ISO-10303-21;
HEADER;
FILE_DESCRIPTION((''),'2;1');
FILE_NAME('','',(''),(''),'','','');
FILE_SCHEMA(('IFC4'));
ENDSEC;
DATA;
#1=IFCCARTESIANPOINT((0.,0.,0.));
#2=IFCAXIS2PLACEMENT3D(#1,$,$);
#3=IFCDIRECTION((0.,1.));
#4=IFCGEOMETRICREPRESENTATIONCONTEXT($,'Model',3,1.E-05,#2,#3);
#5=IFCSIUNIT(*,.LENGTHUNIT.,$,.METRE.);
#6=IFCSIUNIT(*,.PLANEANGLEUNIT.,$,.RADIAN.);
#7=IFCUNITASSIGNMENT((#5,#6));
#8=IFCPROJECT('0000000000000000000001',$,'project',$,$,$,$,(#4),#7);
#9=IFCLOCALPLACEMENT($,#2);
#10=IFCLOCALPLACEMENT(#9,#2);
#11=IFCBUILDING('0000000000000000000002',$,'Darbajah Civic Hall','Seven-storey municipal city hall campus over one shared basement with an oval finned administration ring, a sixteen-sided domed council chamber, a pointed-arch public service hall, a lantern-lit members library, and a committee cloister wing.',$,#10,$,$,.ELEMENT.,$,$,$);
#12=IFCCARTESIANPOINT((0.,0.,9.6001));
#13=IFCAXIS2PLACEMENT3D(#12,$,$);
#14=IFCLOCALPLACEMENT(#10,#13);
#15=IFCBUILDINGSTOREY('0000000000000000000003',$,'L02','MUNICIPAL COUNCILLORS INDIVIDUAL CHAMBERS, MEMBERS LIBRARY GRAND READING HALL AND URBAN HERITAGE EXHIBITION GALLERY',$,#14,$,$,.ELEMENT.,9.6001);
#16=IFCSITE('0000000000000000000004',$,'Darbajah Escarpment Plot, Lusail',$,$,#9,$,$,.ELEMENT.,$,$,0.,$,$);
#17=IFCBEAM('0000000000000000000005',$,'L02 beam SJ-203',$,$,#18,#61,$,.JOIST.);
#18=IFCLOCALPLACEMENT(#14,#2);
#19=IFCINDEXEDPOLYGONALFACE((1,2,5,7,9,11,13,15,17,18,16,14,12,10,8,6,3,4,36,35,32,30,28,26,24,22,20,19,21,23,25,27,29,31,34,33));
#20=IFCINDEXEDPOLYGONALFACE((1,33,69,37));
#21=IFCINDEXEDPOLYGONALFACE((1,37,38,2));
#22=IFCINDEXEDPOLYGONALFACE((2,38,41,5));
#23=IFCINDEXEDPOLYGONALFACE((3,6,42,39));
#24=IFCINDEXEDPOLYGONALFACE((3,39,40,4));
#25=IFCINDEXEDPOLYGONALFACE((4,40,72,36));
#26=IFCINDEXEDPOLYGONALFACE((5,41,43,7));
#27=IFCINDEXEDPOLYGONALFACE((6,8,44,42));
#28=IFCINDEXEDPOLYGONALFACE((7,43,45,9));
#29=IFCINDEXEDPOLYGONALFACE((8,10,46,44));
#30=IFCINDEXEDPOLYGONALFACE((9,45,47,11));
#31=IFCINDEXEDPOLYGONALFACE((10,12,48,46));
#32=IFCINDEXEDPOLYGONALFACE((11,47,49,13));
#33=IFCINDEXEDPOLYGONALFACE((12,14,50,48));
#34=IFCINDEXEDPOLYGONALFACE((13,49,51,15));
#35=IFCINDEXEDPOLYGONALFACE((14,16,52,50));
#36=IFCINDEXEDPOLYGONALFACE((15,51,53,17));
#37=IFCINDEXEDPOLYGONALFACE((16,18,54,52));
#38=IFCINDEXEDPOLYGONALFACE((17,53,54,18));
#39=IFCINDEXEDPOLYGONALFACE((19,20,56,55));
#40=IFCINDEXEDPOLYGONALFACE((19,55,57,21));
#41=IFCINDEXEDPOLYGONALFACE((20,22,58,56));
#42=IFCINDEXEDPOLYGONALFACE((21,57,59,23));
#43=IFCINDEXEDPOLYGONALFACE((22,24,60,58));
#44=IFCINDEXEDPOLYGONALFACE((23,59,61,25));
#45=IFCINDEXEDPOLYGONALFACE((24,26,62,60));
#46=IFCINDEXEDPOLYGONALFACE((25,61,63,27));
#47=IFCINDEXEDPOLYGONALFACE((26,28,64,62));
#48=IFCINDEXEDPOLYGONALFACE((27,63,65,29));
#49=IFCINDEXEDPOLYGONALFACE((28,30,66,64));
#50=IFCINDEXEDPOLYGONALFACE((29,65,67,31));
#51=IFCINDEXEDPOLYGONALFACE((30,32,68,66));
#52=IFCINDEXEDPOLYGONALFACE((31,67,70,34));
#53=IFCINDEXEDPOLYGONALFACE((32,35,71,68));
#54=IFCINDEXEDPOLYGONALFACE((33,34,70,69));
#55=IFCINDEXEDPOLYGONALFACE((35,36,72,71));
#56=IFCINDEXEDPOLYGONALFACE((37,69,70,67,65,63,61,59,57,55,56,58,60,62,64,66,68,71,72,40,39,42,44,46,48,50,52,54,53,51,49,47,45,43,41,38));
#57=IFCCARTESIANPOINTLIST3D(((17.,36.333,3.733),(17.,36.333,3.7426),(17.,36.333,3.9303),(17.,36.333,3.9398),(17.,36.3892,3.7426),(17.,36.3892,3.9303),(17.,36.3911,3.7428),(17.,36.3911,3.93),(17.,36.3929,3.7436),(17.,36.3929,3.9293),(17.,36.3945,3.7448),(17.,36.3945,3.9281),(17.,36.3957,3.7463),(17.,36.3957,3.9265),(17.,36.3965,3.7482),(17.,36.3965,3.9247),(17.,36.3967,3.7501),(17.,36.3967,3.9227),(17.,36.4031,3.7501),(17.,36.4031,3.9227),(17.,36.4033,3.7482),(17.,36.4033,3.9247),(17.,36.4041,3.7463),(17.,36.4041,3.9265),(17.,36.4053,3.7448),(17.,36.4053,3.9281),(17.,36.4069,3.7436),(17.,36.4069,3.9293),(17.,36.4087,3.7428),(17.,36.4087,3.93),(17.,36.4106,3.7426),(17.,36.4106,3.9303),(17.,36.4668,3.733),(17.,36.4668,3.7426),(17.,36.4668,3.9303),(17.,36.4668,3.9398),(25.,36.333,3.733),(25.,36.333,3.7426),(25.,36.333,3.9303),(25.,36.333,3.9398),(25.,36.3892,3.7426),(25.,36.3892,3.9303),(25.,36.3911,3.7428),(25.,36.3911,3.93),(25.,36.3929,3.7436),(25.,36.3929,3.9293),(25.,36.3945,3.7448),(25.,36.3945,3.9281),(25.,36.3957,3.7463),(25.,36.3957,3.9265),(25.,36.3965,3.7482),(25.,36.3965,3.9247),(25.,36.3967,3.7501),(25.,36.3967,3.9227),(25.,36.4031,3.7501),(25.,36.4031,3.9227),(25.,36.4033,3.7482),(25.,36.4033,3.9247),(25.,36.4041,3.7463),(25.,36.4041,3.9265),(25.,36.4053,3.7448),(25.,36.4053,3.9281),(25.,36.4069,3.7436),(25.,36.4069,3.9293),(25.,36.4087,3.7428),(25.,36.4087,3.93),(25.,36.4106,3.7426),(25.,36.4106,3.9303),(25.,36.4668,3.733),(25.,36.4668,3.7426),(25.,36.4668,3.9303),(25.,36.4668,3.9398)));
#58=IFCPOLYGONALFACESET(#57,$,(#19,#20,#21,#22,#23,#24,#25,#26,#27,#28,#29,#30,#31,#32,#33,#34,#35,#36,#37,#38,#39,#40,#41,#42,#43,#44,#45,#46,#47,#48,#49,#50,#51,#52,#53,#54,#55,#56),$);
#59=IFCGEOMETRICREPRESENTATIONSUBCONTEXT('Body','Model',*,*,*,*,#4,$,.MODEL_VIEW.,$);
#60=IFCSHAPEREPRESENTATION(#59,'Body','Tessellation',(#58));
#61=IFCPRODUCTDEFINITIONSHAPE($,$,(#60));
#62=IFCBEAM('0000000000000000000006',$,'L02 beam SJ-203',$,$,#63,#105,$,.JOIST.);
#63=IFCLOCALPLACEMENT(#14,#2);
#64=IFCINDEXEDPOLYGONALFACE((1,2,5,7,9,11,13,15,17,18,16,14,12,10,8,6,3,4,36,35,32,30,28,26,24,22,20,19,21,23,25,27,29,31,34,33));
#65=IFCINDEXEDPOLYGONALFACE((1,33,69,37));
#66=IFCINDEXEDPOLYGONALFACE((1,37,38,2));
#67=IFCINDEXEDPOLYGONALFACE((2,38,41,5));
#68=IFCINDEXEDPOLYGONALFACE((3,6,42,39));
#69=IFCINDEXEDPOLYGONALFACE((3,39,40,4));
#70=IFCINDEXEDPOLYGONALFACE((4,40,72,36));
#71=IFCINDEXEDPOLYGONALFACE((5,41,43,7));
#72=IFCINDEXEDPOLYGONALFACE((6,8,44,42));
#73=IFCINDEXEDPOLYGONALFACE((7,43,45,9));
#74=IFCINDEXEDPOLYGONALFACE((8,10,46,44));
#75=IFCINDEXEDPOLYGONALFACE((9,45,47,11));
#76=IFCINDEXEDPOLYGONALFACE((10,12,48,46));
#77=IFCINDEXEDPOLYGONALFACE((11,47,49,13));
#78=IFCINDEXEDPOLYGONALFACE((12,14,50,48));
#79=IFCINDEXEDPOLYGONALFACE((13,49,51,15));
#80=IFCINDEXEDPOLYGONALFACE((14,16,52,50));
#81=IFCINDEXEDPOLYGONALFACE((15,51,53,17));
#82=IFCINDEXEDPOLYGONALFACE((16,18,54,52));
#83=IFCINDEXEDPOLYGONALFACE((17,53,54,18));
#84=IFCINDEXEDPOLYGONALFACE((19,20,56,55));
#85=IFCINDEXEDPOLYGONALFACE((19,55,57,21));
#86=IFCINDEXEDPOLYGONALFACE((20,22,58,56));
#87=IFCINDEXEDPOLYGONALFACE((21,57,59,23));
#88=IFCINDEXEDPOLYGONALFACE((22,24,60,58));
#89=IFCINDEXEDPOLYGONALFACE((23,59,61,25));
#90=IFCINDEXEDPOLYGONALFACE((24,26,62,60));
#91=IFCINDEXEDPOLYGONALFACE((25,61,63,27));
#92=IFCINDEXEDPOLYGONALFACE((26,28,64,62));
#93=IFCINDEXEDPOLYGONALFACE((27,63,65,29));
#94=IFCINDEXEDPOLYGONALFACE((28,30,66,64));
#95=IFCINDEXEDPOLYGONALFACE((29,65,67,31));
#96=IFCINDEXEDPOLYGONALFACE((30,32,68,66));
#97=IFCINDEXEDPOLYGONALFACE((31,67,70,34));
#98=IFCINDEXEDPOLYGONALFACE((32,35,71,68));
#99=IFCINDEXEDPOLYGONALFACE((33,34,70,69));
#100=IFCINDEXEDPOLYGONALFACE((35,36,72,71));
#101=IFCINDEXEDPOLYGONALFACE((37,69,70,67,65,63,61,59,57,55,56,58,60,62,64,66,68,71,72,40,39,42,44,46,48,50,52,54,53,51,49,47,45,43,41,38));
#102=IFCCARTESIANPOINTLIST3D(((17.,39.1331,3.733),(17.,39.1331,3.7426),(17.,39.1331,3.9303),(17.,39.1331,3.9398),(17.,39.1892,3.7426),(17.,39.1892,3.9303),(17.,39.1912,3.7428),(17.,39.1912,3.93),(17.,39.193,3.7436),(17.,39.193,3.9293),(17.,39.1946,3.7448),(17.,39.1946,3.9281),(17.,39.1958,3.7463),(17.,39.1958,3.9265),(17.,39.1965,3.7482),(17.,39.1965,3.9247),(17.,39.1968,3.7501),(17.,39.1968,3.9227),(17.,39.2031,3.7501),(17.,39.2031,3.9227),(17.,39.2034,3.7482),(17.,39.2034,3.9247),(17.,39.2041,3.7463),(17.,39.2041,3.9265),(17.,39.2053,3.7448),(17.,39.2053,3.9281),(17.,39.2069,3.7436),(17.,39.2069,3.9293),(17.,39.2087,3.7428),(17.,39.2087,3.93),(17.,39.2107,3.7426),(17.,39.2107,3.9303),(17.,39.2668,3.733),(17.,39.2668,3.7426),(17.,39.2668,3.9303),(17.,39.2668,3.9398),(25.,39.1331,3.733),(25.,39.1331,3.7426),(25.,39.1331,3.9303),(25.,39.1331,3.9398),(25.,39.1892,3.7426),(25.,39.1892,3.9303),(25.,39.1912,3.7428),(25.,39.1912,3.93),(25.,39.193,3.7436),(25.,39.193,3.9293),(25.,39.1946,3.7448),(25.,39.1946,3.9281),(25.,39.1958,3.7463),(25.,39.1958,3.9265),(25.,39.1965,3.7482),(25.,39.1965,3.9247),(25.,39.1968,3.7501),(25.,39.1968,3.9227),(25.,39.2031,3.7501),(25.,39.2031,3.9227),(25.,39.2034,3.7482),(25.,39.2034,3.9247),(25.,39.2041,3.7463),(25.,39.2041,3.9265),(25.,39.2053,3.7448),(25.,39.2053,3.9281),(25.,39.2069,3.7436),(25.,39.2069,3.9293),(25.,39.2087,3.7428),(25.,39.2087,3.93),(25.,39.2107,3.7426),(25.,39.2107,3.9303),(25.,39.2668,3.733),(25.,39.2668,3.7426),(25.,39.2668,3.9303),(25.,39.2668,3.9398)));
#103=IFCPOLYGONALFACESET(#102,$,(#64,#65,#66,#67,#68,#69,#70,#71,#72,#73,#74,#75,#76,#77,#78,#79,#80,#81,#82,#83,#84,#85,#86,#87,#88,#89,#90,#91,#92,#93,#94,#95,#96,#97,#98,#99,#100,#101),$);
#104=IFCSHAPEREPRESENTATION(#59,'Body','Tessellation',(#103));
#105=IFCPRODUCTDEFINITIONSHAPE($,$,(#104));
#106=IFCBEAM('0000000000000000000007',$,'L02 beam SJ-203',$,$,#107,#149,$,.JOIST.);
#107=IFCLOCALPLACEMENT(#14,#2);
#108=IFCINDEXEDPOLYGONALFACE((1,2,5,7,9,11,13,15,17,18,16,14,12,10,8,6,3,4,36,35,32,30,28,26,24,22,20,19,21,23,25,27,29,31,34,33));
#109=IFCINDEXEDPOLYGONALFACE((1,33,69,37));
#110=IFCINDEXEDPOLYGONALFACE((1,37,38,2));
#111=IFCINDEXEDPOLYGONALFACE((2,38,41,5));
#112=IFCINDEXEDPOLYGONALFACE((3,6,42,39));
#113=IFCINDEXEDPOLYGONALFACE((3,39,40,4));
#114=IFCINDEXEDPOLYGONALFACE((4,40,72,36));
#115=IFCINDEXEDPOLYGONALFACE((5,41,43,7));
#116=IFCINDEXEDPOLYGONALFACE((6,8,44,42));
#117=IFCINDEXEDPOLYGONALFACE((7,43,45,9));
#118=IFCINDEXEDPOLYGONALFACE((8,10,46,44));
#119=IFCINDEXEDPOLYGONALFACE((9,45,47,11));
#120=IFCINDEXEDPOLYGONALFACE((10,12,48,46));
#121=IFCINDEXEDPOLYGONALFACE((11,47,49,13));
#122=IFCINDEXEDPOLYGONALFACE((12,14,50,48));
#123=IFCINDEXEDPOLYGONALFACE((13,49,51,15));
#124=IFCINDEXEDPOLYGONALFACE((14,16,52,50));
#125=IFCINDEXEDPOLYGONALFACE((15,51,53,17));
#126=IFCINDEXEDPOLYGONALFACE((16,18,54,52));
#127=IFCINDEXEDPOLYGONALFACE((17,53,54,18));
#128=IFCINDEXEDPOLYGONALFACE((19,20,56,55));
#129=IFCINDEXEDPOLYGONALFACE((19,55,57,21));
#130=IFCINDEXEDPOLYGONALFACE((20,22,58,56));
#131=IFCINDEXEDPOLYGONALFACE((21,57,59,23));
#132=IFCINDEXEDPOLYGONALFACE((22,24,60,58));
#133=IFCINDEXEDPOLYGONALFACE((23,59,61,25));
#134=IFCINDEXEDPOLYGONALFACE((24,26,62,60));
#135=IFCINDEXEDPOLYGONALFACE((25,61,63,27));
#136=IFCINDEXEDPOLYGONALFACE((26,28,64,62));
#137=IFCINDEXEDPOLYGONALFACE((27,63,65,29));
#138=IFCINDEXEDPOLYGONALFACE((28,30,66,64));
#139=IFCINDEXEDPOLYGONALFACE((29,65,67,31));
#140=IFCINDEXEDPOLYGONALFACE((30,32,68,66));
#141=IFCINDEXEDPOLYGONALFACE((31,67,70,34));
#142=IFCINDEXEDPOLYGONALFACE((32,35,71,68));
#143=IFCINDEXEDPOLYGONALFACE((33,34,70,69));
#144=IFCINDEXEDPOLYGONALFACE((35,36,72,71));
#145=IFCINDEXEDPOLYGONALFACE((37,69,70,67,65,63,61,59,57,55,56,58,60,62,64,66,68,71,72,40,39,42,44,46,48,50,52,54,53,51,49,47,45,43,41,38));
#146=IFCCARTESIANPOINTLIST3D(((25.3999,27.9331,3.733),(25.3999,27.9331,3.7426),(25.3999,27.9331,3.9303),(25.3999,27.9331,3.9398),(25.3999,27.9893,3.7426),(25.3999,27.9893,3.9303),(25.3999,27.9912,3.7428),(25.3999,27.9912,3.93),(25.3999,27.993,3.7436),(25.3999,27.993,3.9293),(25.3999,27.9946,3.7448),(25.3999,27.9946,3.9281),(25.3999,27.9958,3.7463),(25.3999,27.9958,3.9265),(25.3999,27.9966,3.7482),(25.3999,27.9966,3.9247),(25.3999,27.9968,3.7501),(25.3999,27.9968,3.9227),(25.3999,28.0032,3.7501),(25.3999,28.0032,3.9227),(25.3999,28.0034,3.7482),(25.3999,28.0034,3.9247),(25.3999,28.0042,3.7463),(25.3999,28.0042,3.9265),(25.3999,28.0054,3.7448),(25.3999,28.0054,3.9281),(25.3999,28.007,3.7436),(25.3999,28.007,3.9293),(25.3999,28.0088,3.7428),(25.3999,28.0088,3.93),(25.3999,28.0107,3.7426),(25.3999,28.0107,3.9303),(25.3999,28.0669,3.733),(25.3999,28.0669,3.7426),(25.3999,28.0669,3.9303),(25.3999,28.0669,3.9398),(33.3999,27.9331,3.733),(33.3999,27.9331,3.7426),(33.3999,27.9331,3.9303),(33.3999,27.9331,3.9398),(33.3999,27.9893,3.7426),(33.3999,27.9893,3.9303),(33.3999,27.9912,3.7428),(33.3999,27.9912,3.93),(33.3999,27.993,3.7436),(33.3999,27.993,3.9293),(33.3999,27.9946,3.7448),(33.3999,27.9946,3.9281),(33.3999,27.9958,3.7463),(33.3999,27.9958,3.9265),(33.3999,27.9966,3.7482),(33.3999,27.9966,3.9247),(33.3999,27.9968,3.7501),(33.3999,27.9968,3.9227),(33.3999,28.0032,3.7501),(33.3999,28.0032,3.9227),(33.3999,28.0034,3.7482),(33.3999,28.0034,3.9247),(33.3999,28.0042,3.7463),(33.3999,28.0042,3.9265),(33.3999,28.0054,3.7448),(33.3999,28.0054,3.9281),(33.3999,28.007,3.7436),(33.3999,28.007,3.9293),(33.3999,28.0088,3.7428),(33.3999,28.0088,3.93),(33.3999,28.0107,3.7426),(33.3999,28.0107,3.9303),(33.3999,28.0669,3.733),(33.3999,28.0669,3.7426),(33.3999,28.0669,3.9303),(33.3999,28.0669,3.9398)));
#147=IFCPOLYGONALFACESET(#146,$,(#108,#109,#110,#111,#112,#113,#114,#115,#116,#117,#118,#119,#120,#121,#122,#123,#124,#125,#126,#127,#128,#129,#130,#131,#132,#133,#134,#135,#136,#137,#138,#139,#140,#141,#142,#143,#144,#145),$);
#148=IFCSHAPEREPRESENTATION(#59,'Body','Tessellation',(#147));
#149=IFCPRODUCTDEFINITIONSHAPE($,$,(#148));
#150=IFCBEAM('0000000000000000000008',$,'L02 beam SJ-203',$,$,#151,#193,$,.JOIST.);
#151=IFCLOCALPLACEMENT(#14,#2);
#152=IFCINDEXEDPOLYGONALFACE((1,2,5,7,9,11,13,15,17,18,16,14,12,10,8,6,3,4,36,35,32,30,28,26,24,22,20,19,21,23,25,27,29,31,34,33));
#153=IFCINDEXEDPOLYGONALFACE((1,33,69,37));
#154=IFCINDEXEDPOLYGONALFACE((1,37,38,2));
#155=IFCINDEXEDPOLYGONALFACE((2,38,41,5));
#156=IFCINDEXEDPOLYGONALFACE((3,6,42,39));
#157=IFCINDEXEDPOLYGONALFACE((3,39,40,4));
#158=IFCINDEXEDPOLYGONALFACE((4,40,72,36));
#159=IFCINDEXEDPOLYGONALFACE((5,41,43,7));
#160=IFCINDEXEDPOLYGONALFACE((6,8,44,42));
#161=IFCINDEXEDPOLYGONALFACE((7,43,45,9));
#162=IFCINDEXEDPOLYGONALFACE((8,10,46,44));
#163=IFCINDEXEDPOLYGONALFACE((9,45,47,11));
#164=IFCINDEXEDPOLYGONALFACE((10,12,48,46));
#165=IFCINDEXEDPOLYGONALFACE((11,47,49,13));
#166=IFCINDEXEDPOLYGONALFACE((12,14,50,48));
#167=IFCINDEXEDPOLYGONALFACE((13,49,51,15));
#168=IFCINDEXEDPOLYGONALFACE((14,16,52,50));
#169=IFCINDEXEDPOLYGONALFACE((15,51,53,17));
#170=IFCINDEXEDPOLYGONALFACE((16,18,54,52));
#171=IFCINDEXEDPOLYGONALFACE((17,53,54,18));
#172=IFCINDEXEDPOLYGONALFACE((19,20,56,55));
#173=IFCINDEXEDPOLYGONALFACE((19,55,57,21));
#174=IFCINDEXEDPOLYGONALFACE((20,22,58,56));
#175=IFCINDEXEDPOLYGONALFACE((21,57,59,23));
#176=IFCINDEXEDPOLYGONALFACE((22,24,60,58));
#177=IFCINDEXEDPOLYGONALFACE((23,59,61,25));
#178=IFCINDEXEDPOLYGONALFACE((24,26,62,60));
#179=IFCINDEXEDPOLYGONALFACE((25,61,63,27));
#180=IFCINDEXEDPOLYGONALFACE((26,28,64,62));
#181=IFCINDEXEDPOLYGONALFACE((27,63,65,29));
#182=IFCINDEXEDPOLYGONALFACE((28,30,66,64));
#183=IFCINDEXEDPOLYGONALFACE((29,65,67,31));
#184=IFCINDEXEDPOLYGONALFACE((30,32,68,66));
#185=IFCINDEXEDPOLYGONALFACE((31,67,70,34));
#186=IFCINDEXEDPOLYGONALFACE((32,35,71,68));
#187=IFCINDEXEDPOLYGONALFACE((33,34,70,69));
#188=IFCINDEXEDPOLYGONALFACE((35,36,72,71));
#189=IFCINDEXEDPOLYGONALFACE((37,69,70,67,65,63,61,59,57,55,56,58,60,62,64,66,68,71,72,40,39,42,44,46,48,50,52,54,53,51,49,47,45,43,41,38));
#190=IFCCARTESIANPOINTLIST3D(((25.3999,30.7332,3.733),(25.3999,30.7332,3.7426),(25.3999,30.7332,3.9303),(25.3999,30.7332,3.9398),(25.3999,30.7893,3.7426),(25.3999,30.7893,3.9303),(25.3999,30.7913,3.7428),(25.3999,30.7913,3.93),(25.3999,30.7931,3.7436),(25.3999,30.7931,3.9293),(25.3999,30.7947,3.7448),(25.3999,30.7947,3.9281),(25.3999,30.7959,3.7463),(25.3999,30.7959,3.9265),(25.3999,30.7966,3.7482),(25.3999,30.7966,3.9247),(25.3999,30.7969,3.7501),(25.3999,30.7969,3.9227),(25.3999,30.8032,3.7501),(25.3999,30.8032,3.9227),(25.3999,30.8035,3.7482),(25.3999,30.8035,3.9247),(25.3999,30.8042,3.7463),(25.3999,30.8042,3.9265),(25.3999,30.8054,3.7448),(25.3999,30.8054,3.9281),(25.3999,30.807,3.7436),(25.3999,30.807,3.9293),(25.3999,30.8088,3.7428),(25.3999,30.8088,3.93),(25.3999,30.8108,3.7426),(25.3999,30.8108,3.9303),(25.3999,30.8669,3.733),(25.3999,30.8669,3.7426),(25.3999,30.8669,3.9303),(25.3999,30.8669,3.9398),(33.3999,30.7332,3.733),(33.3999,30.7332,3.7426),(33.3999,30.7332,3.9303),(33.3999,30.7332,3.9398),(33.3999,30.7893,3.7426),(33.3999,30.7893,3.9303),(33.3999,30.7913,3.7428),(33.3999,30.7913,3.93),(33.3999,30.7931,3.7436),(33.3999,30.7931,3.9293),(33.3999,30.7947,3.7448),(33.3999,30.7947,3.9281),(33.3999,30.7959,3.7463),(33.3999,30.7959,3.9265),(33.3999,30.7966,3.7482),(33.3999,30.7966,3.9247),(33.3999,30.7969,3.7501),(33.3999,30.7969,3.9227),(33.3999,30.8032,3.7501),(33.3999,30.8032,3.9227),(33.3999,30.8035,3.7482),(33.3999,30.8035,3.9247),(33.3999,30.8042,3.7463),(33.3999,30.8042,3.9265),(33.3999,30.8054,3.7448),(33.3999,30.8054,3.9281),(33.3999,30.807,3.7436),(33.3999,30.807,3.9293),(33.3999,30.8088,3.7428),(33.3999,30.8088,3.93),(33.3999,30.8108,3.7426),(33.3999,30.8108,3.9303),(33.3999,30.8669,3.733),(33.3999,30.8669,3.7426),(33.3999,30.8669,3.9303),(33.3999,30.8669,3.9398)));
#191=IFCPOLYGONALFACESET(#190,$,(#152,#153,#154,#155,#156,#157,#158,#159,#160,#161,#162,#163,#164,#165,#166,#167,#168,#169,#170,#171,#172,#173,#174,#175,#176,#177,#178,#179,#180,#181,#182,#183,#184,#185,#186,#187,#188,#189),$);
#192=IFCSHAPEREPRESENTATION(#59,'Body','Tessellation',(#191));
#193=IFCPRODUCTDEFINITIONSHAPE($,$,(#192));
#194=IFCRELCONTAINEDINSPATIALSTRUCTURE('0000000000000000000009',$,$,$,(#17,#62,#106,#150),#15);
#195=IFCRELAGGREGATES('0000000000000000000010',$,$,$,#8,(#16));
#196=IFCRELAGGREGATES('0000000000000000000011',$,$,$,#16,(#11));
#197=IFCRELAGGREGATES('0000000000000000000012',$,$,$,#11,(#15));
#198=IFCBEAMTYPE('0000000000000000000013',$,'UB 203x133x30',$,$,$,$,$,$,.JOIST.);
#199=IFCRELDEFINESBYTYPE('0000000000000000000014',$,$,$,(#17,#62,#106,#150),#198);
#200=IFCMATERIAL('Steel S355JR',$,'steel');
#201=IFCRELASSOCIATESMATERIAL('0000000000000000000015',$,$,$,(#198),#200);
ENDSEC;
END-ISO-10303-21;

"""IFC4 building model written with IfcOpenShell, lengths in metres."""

from ifc_helpers import new_model, si_unit, direction, frame, origin, origin_2d, place, context, subcontext, project, spatial, i_section, extrude, material, material_profile, profile_set, type_object, element, save


model = new_model("IFC4")

# Units and contexts
model_context = context("Model", 3, precision=1e-05, world=origin(), true_north=direction((0.0, 1.0)))
body_context = subcontext(model_context, "Body", "Model", "MODEL_VIEW")
ifc_project = project(units=[si_unit("LENGTHUNIT", "METRE"), si_unit("PLANEANGLEUNIT", "RADIAN")], contexts=[model_context])

# Site, building, storey
site_placement = place(None, origin())
site = spatial("IfcSite", under=ifc_project, at=site_placement, Name="Darbajah Escarpment Plot, Lusail", CompositionType="ELEMENT", RefElevation=0.0)
building_placement = place(site_placement, origin())
building = spatial("IfcBuilding", under=site, at=building_placement, Name="Darbajah Civic Hall", Description="Seven-storey municipal city hall campus over one shared basement with an oval finned administration ring, a sixteen-sided domed council chamber, a pointed-arch public service hall, a lantern-lit members library, and a committee cloister wing.", CompositionType="ELEMENT")
storey_placement = place(building_placement, frame((0.0, 0.0, 9.6001)))
storey = spatial("IfcBuildingStorey", under=building, at=storey_placement, Name="L02", Description="MUNICIPAL COUNCILLORS INDIVIDUAL CHAMBERS, MEMBERS LIBRARY GRAND READING HALL AND URBAN HERITAGE EXHIBITION GALLERY", CompositionType="ELEMENT", Elevation=9.6001)

# Beams
ifc_material_1 = material(Name="Steel S355JR", Category="steel")
ifc_material_profile_1 = material_profile(ifc_material_1, i_section(OverallWidth=0.1338, OverallDepth=0.2068, WebThickness=0.0063, FlangeThickness=0.0095, FilletRadius=0.0076, at=origin_2d()), Name="UB 203x133x30")
ifc_profile_set_1 = profile_set([ifc_material_profile_1], Name="Steel S355JR")
beam_type_1 = type_object("IfcBeamType", Name="UB 203x133x30", PredefinedType="JOIST", material=ifc_profile_set_1)
for number, where, z_axis, x_axis, name in (
    (1, (17.0, 36.3999, 3.8364), (1.0, 0.0, 0.0), (0.0, 1.0, 0.0), "L02 beam SJ-203"),
    (2, (17.0, 39.2, 3.8364), (1.0, 0.0, 0.0), (0.0, 1.0, 0.0), "L02 beam SJ-203"),
    (3, (25.3999, 28.0, 3.8364), (1.0, 0.0, 0.0), (0.0, 1.0, 0.0), "L02 beam SJ-203"),
    (4, (25.3999, 30.8, 3.8364), (1.0, 0.0, 0.0), (0.0, 1.0, 0.0), "L02 beam SJ-203"),
):
    element("IfcBeam", number, at=place(storey_placement, frame(where, z_axis=z_axis, x_axis=x_axis)), inside=storey, type_object=beam_type_1, Name=name, PredefinedType="JOIST", context=body_context, shape_type="SweptSolid", body=[
        extrude(i_section(OverallWidth=0.1338, OverallDepth=0.2068, WebThickness=0.0063, FlangeThickness=0.0095, FilletRadius=0.0076, at=origin_2d()), origin(), (0.0, 0.0, 1.0), 8.0),
    ])

save(model, "model.ifc")
